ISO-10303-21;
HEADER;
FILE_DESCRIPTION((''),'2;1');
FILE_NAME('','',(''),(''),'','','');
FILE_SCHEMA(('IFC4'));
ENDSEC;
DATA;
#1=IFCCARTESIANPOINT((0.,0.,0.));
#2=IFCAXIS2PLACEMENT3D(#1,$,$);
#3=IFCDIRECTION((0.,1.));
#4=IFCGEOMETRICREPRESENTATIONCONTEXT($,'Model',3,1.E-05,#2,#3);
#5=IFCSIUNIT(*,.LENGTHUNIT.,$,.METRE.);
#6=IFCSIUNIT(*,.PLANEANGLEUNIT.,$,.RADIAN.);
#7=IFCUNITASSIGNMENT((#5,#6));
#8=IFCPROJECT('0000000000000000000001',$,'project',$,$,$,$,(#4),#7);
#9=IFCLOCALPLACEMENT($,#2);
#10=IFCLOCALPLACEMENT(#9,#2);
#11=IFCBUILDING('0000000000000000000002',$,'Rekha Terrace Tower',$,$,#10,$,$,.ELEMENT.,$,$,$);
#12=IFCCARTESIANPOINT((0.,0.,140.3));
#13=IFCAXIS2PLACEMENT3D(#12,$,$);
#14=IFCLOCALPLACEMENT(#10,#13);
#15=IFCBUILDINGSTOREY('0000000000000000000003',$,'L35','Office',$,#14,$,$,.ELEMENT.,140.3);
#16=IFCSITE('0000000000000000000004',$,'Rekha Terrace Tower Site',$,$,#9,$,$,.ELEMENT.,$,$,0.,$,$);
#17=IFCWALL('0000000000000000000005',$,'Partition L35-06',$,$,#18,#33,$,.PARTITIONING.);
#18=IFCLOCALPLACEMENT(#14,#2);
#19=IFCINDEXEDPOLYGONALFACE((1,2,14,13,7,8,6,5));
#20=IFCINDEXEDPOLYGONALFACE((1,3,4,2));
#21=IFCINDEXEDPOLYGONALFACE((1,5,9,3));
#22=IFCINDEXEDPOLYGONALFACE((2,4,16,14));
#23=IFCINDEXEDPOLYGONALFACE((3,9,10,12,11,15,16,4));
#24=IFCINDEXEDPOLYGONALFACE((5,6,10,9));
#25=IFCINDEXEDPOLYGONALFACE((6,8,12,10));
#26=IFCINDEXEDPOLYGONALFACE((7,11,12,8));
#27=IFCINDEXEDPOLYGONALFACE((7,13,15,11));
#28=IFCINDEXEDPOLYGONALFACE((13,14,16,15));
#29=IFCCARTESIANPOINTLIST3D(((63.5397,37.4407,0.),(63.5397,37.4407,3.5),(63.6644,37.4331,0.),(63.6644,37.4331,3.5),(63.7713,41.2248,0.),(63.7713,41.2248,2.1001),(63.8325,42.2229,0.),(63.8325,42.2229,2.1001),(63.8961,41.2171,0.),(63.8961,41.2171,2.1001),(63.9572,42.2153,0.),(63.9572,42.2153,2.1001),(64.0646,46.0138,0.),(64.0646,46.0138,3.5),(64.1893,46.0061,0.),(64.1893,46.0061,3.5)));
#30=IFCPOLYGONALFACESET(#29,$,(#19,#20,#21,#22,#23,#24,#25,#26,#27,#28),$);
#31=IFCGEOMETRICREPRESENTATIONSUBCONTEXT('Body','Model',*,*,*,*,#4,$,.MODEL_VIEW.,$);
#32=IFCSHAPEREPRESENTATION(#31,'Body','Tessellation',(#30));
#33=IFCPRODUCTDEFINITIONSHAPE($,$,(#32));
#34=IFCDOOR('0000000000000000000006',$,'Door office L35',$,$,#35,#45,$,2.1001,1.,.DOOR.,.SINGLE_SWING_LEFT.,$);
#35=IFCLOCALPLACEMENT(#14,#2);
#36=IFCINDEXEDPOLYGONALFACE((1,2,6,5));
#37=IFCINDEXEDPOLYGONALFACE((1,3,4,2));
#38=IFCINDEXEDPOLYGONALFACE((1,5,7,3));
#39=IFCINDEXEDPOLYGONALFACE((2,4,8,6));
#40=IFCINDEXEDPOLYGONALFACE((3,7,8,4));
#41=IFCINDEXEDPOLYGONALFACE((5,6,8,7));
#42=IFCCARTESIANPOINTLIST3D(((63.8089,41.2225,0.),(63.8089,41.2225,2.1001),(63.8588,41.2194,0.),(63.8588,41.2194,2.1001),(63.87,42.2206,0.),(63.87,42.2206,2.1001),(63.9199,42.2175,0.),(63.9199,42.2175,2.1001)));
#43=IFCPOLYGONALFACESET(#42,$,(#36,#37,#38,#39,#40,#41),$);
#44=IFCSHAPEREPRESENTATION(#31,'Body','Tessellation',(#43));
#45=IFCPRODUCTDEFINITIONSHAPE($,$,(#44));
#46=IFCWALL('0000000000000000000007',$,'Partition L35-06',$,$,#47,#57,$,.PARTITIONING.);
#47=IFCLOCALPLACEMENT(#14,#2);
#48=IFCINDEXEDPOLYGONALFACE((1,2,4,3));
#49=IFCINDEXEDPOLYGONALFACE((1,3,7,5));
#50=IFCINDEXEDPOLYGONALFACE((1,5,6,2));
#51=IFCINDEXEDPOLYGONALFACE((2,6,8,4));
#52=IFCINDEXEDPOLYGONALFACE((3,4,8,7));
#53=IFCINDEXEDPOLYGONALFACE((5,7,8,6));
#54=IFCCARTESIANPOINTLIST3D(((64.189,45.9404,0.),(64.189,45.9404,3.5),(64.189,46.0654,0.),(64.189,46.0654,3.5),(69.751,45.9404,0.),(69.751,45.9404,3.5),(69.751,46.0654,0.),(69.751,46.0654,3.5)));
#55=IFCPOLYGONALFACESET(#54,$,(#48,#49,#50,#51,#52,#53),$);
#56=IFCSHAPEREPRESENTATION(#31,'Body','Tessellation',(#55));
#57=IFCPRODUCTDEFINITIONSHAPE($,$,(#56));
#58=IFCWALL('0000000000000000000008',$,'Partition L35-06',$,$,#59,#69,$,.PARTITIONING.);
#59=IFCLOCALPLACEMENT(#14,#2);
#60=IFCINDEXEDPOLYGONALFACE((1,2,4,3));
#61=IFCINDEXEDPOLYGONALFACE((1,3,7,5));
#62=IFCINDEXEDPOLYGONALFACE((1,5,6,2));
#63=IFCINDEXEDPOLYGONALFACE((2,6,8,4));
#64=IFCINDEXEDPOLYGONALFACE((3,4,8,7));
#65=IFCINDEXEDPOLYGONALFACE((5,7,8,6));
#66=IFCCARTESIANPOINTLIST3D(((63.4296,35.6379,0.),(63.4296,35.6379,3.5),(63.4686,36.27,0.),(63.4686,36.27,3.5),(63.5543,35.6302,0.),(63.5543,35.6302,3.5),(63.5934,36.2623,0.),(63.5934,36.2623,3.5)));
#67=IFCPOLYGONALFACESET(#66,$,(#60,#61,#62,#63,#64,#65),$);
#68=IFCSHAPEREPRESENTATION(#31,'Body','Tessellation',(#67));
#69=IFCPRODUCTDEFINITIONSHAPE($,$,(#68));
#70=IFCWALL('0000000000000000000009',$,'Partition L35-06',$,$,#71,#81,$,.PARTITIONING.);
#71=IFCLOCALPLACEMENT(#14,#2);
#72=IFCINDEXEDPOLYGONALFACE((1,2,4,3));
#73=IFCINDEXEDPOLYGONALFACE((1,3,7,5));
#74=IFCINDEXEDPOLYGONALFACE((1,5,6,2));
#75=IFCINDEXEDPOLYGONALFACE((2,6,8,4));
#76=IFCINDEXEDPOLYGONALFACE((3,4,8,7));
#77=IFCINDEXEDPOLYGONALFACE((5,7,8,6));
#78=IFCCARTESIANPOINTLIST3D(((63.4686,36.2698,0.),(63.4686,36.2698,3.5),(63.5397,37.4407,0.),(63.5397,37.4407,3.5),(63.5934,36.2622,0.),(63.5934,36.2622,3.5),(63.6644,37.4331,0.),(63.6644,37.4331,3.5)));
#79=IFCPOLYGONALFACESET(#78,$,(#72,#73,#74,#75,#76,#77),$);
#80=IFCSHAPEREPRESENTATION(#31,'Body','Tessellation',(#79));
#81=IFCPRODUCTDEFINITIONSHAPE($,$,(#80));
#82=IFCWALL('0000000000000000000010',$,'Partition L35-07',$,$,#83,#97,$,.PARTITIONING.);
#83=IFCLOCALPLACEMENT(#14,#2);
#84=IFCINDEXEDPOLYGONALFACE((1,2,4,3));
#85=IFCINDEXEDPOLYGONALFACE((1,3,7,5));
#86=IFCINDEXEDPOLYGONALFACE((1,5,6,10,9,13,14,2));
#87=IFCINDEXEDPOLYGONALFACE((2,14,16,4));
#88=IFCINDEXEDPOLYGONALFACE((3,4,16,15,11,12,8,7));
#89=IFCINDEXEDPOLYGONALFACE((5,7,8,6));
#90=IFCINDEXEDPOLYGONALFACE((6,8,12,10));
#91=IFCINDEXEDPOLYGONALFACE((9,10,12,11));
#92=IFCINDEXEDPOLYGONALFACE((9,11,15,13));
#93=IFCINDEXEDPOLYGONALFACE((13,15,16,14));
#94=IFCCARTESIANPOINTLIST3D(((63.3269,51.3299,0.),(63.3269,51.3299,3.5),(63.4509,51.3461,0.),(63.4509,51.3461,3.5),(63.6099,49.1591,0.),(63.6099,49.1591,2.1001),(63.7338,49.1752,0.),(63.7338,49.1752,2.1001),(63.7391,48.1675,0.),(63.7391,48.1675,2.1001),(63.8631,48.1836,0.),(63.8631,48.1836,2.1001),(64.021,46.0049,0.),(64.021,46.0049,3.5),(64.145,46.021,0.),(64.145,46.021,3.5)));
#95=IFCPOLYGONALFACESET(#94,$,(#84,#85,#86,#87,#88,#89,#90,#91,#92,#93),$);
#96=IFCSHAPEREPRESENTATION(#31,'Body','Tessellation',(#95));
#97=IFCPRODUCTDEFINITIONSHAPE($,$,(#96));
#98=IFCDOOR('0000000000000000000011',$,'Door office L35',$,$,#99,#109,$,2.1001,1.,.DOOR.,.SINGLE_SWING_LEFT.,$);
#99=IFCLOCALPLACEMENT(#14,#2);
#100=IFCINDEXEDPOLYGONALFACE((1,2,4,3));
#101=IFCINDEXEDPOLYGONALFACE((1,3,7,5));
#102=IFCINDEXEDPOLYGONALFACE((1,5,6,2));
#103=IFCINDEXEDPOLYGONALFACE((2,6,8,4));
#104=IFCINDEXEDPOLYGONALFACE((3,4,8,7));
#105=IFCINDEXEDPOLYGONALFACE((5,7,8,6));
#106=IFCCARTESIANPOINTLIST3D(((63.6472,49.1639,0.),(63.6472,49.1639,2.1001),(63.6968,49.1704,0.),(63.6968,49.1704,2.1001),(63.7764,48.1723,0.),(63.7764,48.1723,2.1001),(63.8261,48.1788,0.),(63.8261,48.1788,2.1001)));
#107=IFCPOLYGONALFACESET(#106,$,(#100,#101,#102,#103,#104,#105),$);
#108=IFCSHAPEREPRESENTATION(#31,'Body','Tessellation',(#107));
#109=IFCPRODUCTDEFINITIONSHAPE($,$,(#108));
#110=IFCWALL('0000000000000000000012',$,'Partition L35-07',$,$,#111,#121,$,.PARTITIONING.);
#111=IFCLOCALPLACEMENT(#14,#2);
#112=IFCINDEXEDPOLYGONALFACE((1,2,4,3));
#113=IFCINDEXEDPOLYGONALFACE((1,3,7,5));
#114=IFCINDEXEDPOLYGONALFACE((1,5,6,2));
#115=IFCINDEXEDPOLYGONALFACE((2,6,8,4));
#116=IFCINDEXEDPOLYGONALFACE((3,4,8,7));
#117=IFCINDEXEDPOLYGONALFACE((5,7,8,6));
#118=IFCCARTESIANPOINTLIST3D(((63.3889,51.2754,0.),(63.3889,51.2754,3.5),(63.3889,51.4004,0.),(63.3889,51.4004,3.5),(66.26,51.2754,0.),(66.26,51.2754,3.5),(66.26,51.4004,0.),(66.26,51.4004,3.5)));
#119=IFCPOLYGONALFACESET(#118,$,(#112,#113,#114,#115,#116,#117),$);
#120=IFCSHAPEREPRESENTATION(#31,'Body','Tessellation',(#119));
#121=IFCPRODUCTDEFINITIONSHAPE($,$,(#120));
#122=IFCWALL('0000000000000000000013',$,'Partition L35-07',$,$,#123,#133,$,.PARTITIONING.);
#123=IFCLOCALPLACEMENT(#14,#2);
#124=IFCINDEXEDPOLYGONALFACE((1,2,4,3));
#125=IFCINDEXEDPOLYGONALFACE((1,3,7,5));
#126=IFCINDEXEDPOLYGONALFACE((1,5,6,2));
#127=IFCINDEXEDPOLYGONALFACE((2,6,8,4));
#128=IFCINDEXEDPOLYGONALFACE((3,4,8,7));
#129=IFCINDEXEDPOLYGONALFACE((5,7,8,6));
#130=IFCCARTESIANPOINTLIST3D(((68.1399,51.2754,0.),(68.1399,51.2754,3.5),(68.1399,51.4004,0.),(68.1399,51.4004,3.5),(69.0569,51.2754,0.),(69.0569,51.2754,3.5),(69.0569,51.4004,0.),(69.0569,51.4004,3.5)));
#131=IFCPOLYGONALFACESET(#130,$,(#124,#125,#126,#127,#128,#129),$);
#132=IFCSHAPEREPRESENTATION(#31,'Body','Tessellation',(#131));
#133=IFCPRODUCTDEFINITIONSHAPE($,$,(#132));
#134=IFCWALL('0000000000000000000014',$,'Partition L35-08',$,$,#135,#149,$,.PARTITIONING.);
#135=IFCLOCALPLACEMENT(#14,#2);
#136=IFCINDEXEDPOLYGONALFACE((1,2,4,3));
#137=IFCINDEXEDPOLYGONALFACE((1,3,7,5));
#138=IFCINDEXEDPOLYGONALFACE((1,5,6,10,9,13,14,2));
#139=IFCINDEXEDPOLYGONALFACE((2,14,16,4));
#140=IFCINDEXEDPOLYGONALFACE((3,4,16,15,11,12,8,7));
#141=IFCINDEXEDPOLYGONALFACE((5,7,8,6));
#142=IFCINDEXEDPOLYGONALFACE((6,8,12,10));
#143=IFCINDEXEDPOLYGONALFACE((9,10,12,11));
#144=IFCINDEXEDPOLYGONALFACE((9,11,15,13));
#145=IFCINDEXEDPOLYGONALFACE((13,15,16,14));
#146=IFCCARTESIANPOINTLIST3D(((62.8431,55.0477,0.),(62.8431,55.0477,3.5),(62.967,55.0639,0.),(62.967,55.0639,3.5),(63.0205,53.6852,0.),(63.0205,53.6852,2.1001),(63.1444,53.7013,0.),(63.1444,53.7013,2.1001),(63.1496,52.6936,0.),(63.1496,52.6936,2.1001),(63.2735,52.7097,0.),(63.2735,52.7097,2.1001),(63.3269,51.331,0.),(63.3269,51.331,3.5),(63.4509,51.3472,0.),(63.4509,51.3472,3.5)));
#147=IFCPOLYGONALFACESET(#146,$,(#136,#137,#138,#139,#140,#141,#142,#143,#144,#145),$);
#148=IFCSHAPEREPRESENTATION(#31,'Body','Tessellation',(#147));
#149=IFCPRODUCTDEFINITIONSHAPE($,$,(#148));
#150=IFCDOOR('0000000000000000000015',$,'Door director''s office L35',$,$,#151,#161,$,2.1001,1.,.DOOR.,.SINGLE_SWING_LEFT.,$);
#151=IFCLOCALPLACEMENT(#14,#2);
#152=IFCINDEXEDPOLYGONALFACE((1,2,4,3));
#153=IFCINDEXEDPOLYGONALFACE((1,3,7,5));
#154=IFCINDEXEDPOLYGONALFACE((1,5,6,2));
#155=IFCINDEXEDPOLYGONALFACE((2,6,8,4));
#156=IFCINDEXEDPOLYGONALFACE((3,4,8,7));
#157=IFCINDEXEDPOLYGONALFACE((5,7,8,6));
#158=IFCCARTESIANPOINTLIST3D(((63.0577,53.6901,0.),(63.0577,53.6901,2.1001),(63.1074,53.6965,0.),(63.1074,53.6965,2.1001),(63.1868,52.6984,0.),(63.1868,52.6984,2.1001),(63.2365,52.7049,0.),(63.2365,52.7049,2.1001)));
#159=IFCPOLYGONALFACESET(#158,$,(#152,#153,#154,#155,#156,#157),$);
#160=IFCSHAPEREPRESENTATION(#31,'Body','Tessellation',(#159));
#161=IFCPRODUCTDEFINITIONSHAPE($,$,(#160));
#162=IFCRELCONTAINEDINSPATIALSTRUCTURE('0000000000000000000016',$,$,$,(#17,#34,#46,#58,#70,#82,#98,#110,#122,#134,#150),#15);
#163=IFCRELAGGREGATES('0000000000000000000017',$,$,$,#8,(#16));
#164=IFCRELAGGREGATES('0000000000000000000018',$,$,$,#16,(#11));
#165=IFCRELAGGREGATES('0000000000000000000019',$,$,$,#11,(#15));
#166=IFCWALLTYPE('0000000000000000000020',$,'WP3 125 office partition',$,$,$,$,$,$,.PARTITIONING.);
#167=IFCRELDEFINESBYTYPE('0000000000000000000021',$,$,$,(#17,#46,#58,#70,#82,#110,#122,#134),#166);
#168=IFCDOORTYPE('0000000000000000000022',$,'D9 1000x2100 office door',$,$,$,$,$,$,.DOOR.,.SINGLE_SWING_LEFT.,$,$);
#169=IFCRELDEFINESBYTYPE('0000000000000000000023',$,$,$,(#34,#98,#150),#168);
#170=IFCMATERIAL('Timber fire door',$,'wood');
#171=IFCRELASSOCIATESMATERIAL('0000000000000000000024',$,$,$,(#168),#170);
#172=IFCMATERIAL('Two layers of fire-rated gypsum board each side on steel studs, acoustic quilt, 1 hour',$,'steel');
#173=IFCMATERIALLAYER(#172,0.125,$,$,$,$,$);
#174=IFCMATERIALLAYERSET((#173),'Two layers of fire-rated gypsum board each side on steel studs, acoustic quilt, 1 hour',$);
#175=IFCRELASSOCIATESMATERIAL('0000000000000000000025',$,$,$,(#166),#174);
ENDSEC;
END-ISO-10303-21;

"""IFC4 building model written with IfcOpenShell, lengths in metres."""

from ifc_helpers import new_model, si_unit, direction, frame, frame_2d, origin, place, context, subcontext, project, spatial, rectangle, extrude, material, layer, layer_set, type_object, element, fill, save


model = new_model("IFC4")

# Units and contexts
model_context = context("Model", 3, precision=1e-05, world=origin(), true_north=direction((0.0, 1.0)))
body_context = subcontext(model_context, "Body", "Model", "MODEL_VIEW")
ifc_project = project(units=[si_unit("LENGTHUNIT", "METRE"), si_unit("PLANEANGLEUNIT", "RADIAN")], contexts=[model_context])

# Site, building, storey
site_placement = place(None, origin())
site = spatial("IfcSite", under=ifc_project, at=site_placement, Name="Rekha Terrace Tower Site", CompositionType="ELEMENT", RefElevation=0.0)
building_placement = place(site_placement, origin())
building = spatial("IfcBuilding", under=site, at=building_placement, Name="Rekha Terrace Tower", CompositionType="ELEMENT")
storey_placement = place(building_placement, frame((0.0, 0.0, 140.3)))
storey = spatial("IfcBuildingStorey", under=building, at=storey_placement, Name="L35", Description="Office", CompositionType="ELEMENT", Elevation=140.3)

# Shared definitions
ifc_material_1 = material(Name="Timber fire door", Category="wood")
door_type = type_object("IfcDoorType", Name="D9 1000x2100 office door", OperationType="SINGLE_SWING_LEFT", PredefinedType="DOOR", material=ifc_material_1)

# Shared definitions
ifc_material_2 = material(Name="Two layers of fire-rated gypsum board each side on steel studs, acoustic quilt, 1 hour", Category="steel")
ifc_layer_1 = layer(ifc_material_2, 0.125)
ifc_layer_set_1 = layer_set([ifc_layer_1], Name="Two layers of fire-rated gypsum board each side on steel studs, acoustic quilt, 1 hour")
wall_type_1 = type_object("IfcWallType", Name="WP3 125 office partition", PredefinedType="PARTITIONING", material=ifc_layer_set_1)

# Wall, opening, door
wall_1_placement = place(storey_placement, frame((63.6021, 37.437, 0.0), z_axis=(0.0, 0.0, 1.0), x_axis=(0.061113, 0.998131, 0.0)))
wall_1 = element("IfcWall", 1, at=wall_1_placement, inside=storey, type_object=wall_type_1, Name="Partition L35-06", PredefinedType="PARTITIONING", context=body_context, shape_type="SweptSolid", body=[
    extrude(rectangle(XDim=8.5891, YDim=0.125, at=frame_2d((4.2944, 0.0))), origin(), (0.0, 0.0, 1.0), 3.5),
])
opening_1_placement = place(wall_1_placement, frame((3.791, 0.0, 0.0)))
opening_1 = element("IfcOpeningElement", 2, at=opening_1_placement, cuts=wall_1, PredefinedType="OPENING", context=body_context, shape_type="SweptSolid", body=[
    extrude(rectangle(XDim=1.0, YDim=2.1001, at=frame_2d((0.5, 1.05))), frame((0.0, 0.0725, 0.0), z_axis=(0.0, -1.0, 0.0), x_axis=(1.0, 0.0, 0.0)), (0.0, 0.0, 1.0), 0.145),
])
door_1_placement = place(opening_1_placement, origin())
door_1 = element("IfcDoor", 3, at=door_1_placement, inside=storey, type_object=door_type, Name="Door office L35", OperationType="SINGLE_SWING_LEFT", OverallHeight=2.1001, OverallWidth=1.0, PredefinedType="DOOR", context=body_context, shape_type="SweptSolid", body=[
    extrude(rectangle(XDim=1.0, YDim=2.1001, at=frame_2d((0.5, 1.05))), frame((0.0, 0.0249, 0.0), z_axis=(0.0, -1.0, 0.0), x_axis=(1.0, 0.0, 0.0)), (0.0, 0.0, 1.0), 0.05),
])
fill(opening_1, door_1)

# Walls
wall_2_placement = place(storey_placement, frame((64.189, 46.0029, 0.0), z_axis=(0.0, 0.0, 1.0), x_axis=(1.0, 0.0, 0.0)))
element("IfcWall", 4, at=wall_2_placement, inside=storey, type_object=wall_type_1, Name="Partition L35-06", PredefinedType="PARTITIONING", context=body_context, shape_type="SweptSolid", body=[
    extrude(rectangle(XDim=5.562, YDim=0.125, at=frame_2d((2.781, 0.0))), origin(), (0.0, 0.0, 1.0), 3.5),
])
wall_3_placement = place(storey_placement, frame((63.4919, 35.634, 0.0), z_axis=(0.0, 0.0, 1.0), x_axis=(0.061682, 0.998096, 0.0)))
element("IfcWall", 5, at=wall_3_placement, inside=storey, type_object=wall_type_1, Name="Partition L35-06", PredefinedType="PARTITIONING", context=body_context, shape_type="SweptSolid", body=[
    extrude(rectangle(XDim=0.6333, YDim=0.125, at=frame_2d((0.3167, 0.0))), origin(), (0.0, 0.0, 1.0), 3.5),
])
wall_4_placement = place(storey_placement, frame((63.531, 36.2661, 0.0), z_axis=(0.0, 0.0, 1.0), x_axis=(0.060564, 0.998164, 0.0)))
element("IfcWall", 6, at=wall_4_placement, inside=storey, type_object=wall_type_1, Name="Partition L35-06", PredefinedType="PARTITIONING", context=body_context, shape_type="SweptSolid", body=[
    extrude(rectangle(XDim=1.1731, YDim=0.125, at=frame_2d((0.5864, 0.0))), origin(), (0.0, 0.0, 1.0), 3.5),
])

# Wall, opening, door
wall_5_placement = place(storey_placement, frame((64.083, 46.0129, 0.0), z_axis=(0.0, 0.0, 1.0), x_axis=(-0.129254, 0.991612, 0.0)))
wall_5 = element("IfcWall", 7, at=wall_5_placement, inside=storey, type_object=wall_type_1, Name="Partition L35-07", PredefinedType="PARTITIONING", context=body_context, shape_type="SweptSolid", body=[
    extrude(rectangle(XDim=5.3701, YDim=0.125, at=frame_2d((2.6851, 0.0))), origin(), (0.0, 0.0, 1.0), 3.5),
])
opening_2_placement = place(wall_5_placement, frame((2.1809, 0.0, 0.0)))
opening_2 = element("IfcOpeningElement", 8, at=opening_2_placement, cuts=wall_5, PredefinedType="OPENING", context=body_context, shape_type="SweptSolid", body=[
    extrude(rectangle(XDim=1.0, YDim=2.1001, at=frame_2d((0.5, 1.05))), frame((0.0, 0.0725, 0.0), z_axis=(0.0, -1.0, 0.0), x_axis=(1.0, 0.0, 0.0)), (0.0, 0.0, 1.0), 0.145),
])
door_2_placement = place(opening_2_placement, origin())
door_2 = element("IfcDoor", 9, at=door_2_placement, inside=storey, type_object=door_type, Name="Door office L35", OperationType="SINGLE_SWING_LEFT", OverallHeight=2.1001, OverallWidth=1.0, PredefinedType="DOOR", context=body_context, shape_type="SweptSolid", body=[
    extrude(rectangle(XDim=1.0, YDim=2.1001, at=frame_2d((0.5, 1.05))), frame((0.0, 0.0249, 0.0), z_axis=(0.0, -1.0, 0.0), x_axis=(1.0, 0.0, 0.0)), (0.0, 0.0, 1.0), 0.05),
])
fill(opening_2, door_2)

# Walls
wall_6_placement = place(storey_placement, frame((63.3889, 51.3379, 0.0), z_axis=(0.0, 0.0, 1.0), x_axis=(1.0, 0.0, 0.0)))
element("IfcWall", 10, at=wall_6_placement, inside=storey, type_object=wall_type_1, Name="Partition L35-07", PredefinedType="PARTITIONING", context=body_context, shape_type="SweptSolid", body=[
    extrude(rectangle(XDim=2.8711, YDim=0.125, at=frame_2d((1.4355, 0.0))), origin(), (0.0, 0.0, 1.0), 3.5),
])
wall_7_placement = place(storey_placement, frame((68.1399, 51.3379, 0.0), z_axis=(0.0, 0.0, 1.0), x_axis=(1.0, 0.0, 0.0)))
element("IfcWall", 11, at=wall_7_placement, inside=storey, type_object=wall_type_1, Name="Partition L35-07", PredefinedType="PARTITIONING", context=body_context, shape_type="SweptSolid", body=[
    extrude(rectangle(XDim=0.917, YDim=0.125, at=frame_2d((0.4585, 0.0))), origin(), (0.0, 0.0, 1.0), 3.5),
])

# Wall, opening, door
wall_8_placement = place(storey_placement, frame((63.3889, 51.3391, 0.0), z_axis=(0.0, 0.0, 1.0), x_axis=(-0.1291, 0.991632, 0.0)))
wall_8 = element("IfcWall", 12, at=wall_8_placement, inside=storey, type_object=wall_type_1, Name="Partition L35-08", PredefinedType="PARTITIONING", context=body_context, shape_type="SweptSolid", body=[
    extrude(rectangle(XDim=3.748, YDim=0.125, at=frame_2d((1.874, 0.0))), origin(), (0.0, 0.0, 1.0), 3.5),
])
opening_3_placement = place(wall_8_placement, frame((1.374, 0.0, 0.0)))
opening_3 = element("IfcOpeningElement", 13, at=opening_3_placement, cuts=wall_8, PredefinedType="OPENING", context=body_context, shape_type="SweptSolid", body=[
    extrude(rectangle(XDim=1.0, YDim=2.1001, at=frame_2d((0.5, 1.05))), frame((0.0, 0.0725, 0.0), z_axis=(0.0, -1.0, 0.0), x_axis=(1.0, 0.0, 0.0)), (0.0, 0.0, 1.0), 0.145),
])
door_3_placement = place(opening_3_placement, origin())
door_3 = element("IfcDoor", 14, at=door_3_placement, inside=storey, type_object=door_type, Name="Door director's office L35", OperationType="SINGLE_SWING_LEFT", OverallHeight=2.1001, OverallWidth=1.0, PredefinedType="DOOR", context=body_context, shape_type="SweptSolid", body=[
    extrude(rectangle(XDim=1.0, YDim=2.1001, at=frame_2d((0.5, 1.05))), frame((0.0, 0.0249, 0.0), z_axis=(0.0, -1.0, 0.0), x_axis=(1.0, 0.0, 0.0)), (0.0, 0.0, 1.0), 0.05),
])
fill(opening_3, door_3)

save(model, "model.ifc")
